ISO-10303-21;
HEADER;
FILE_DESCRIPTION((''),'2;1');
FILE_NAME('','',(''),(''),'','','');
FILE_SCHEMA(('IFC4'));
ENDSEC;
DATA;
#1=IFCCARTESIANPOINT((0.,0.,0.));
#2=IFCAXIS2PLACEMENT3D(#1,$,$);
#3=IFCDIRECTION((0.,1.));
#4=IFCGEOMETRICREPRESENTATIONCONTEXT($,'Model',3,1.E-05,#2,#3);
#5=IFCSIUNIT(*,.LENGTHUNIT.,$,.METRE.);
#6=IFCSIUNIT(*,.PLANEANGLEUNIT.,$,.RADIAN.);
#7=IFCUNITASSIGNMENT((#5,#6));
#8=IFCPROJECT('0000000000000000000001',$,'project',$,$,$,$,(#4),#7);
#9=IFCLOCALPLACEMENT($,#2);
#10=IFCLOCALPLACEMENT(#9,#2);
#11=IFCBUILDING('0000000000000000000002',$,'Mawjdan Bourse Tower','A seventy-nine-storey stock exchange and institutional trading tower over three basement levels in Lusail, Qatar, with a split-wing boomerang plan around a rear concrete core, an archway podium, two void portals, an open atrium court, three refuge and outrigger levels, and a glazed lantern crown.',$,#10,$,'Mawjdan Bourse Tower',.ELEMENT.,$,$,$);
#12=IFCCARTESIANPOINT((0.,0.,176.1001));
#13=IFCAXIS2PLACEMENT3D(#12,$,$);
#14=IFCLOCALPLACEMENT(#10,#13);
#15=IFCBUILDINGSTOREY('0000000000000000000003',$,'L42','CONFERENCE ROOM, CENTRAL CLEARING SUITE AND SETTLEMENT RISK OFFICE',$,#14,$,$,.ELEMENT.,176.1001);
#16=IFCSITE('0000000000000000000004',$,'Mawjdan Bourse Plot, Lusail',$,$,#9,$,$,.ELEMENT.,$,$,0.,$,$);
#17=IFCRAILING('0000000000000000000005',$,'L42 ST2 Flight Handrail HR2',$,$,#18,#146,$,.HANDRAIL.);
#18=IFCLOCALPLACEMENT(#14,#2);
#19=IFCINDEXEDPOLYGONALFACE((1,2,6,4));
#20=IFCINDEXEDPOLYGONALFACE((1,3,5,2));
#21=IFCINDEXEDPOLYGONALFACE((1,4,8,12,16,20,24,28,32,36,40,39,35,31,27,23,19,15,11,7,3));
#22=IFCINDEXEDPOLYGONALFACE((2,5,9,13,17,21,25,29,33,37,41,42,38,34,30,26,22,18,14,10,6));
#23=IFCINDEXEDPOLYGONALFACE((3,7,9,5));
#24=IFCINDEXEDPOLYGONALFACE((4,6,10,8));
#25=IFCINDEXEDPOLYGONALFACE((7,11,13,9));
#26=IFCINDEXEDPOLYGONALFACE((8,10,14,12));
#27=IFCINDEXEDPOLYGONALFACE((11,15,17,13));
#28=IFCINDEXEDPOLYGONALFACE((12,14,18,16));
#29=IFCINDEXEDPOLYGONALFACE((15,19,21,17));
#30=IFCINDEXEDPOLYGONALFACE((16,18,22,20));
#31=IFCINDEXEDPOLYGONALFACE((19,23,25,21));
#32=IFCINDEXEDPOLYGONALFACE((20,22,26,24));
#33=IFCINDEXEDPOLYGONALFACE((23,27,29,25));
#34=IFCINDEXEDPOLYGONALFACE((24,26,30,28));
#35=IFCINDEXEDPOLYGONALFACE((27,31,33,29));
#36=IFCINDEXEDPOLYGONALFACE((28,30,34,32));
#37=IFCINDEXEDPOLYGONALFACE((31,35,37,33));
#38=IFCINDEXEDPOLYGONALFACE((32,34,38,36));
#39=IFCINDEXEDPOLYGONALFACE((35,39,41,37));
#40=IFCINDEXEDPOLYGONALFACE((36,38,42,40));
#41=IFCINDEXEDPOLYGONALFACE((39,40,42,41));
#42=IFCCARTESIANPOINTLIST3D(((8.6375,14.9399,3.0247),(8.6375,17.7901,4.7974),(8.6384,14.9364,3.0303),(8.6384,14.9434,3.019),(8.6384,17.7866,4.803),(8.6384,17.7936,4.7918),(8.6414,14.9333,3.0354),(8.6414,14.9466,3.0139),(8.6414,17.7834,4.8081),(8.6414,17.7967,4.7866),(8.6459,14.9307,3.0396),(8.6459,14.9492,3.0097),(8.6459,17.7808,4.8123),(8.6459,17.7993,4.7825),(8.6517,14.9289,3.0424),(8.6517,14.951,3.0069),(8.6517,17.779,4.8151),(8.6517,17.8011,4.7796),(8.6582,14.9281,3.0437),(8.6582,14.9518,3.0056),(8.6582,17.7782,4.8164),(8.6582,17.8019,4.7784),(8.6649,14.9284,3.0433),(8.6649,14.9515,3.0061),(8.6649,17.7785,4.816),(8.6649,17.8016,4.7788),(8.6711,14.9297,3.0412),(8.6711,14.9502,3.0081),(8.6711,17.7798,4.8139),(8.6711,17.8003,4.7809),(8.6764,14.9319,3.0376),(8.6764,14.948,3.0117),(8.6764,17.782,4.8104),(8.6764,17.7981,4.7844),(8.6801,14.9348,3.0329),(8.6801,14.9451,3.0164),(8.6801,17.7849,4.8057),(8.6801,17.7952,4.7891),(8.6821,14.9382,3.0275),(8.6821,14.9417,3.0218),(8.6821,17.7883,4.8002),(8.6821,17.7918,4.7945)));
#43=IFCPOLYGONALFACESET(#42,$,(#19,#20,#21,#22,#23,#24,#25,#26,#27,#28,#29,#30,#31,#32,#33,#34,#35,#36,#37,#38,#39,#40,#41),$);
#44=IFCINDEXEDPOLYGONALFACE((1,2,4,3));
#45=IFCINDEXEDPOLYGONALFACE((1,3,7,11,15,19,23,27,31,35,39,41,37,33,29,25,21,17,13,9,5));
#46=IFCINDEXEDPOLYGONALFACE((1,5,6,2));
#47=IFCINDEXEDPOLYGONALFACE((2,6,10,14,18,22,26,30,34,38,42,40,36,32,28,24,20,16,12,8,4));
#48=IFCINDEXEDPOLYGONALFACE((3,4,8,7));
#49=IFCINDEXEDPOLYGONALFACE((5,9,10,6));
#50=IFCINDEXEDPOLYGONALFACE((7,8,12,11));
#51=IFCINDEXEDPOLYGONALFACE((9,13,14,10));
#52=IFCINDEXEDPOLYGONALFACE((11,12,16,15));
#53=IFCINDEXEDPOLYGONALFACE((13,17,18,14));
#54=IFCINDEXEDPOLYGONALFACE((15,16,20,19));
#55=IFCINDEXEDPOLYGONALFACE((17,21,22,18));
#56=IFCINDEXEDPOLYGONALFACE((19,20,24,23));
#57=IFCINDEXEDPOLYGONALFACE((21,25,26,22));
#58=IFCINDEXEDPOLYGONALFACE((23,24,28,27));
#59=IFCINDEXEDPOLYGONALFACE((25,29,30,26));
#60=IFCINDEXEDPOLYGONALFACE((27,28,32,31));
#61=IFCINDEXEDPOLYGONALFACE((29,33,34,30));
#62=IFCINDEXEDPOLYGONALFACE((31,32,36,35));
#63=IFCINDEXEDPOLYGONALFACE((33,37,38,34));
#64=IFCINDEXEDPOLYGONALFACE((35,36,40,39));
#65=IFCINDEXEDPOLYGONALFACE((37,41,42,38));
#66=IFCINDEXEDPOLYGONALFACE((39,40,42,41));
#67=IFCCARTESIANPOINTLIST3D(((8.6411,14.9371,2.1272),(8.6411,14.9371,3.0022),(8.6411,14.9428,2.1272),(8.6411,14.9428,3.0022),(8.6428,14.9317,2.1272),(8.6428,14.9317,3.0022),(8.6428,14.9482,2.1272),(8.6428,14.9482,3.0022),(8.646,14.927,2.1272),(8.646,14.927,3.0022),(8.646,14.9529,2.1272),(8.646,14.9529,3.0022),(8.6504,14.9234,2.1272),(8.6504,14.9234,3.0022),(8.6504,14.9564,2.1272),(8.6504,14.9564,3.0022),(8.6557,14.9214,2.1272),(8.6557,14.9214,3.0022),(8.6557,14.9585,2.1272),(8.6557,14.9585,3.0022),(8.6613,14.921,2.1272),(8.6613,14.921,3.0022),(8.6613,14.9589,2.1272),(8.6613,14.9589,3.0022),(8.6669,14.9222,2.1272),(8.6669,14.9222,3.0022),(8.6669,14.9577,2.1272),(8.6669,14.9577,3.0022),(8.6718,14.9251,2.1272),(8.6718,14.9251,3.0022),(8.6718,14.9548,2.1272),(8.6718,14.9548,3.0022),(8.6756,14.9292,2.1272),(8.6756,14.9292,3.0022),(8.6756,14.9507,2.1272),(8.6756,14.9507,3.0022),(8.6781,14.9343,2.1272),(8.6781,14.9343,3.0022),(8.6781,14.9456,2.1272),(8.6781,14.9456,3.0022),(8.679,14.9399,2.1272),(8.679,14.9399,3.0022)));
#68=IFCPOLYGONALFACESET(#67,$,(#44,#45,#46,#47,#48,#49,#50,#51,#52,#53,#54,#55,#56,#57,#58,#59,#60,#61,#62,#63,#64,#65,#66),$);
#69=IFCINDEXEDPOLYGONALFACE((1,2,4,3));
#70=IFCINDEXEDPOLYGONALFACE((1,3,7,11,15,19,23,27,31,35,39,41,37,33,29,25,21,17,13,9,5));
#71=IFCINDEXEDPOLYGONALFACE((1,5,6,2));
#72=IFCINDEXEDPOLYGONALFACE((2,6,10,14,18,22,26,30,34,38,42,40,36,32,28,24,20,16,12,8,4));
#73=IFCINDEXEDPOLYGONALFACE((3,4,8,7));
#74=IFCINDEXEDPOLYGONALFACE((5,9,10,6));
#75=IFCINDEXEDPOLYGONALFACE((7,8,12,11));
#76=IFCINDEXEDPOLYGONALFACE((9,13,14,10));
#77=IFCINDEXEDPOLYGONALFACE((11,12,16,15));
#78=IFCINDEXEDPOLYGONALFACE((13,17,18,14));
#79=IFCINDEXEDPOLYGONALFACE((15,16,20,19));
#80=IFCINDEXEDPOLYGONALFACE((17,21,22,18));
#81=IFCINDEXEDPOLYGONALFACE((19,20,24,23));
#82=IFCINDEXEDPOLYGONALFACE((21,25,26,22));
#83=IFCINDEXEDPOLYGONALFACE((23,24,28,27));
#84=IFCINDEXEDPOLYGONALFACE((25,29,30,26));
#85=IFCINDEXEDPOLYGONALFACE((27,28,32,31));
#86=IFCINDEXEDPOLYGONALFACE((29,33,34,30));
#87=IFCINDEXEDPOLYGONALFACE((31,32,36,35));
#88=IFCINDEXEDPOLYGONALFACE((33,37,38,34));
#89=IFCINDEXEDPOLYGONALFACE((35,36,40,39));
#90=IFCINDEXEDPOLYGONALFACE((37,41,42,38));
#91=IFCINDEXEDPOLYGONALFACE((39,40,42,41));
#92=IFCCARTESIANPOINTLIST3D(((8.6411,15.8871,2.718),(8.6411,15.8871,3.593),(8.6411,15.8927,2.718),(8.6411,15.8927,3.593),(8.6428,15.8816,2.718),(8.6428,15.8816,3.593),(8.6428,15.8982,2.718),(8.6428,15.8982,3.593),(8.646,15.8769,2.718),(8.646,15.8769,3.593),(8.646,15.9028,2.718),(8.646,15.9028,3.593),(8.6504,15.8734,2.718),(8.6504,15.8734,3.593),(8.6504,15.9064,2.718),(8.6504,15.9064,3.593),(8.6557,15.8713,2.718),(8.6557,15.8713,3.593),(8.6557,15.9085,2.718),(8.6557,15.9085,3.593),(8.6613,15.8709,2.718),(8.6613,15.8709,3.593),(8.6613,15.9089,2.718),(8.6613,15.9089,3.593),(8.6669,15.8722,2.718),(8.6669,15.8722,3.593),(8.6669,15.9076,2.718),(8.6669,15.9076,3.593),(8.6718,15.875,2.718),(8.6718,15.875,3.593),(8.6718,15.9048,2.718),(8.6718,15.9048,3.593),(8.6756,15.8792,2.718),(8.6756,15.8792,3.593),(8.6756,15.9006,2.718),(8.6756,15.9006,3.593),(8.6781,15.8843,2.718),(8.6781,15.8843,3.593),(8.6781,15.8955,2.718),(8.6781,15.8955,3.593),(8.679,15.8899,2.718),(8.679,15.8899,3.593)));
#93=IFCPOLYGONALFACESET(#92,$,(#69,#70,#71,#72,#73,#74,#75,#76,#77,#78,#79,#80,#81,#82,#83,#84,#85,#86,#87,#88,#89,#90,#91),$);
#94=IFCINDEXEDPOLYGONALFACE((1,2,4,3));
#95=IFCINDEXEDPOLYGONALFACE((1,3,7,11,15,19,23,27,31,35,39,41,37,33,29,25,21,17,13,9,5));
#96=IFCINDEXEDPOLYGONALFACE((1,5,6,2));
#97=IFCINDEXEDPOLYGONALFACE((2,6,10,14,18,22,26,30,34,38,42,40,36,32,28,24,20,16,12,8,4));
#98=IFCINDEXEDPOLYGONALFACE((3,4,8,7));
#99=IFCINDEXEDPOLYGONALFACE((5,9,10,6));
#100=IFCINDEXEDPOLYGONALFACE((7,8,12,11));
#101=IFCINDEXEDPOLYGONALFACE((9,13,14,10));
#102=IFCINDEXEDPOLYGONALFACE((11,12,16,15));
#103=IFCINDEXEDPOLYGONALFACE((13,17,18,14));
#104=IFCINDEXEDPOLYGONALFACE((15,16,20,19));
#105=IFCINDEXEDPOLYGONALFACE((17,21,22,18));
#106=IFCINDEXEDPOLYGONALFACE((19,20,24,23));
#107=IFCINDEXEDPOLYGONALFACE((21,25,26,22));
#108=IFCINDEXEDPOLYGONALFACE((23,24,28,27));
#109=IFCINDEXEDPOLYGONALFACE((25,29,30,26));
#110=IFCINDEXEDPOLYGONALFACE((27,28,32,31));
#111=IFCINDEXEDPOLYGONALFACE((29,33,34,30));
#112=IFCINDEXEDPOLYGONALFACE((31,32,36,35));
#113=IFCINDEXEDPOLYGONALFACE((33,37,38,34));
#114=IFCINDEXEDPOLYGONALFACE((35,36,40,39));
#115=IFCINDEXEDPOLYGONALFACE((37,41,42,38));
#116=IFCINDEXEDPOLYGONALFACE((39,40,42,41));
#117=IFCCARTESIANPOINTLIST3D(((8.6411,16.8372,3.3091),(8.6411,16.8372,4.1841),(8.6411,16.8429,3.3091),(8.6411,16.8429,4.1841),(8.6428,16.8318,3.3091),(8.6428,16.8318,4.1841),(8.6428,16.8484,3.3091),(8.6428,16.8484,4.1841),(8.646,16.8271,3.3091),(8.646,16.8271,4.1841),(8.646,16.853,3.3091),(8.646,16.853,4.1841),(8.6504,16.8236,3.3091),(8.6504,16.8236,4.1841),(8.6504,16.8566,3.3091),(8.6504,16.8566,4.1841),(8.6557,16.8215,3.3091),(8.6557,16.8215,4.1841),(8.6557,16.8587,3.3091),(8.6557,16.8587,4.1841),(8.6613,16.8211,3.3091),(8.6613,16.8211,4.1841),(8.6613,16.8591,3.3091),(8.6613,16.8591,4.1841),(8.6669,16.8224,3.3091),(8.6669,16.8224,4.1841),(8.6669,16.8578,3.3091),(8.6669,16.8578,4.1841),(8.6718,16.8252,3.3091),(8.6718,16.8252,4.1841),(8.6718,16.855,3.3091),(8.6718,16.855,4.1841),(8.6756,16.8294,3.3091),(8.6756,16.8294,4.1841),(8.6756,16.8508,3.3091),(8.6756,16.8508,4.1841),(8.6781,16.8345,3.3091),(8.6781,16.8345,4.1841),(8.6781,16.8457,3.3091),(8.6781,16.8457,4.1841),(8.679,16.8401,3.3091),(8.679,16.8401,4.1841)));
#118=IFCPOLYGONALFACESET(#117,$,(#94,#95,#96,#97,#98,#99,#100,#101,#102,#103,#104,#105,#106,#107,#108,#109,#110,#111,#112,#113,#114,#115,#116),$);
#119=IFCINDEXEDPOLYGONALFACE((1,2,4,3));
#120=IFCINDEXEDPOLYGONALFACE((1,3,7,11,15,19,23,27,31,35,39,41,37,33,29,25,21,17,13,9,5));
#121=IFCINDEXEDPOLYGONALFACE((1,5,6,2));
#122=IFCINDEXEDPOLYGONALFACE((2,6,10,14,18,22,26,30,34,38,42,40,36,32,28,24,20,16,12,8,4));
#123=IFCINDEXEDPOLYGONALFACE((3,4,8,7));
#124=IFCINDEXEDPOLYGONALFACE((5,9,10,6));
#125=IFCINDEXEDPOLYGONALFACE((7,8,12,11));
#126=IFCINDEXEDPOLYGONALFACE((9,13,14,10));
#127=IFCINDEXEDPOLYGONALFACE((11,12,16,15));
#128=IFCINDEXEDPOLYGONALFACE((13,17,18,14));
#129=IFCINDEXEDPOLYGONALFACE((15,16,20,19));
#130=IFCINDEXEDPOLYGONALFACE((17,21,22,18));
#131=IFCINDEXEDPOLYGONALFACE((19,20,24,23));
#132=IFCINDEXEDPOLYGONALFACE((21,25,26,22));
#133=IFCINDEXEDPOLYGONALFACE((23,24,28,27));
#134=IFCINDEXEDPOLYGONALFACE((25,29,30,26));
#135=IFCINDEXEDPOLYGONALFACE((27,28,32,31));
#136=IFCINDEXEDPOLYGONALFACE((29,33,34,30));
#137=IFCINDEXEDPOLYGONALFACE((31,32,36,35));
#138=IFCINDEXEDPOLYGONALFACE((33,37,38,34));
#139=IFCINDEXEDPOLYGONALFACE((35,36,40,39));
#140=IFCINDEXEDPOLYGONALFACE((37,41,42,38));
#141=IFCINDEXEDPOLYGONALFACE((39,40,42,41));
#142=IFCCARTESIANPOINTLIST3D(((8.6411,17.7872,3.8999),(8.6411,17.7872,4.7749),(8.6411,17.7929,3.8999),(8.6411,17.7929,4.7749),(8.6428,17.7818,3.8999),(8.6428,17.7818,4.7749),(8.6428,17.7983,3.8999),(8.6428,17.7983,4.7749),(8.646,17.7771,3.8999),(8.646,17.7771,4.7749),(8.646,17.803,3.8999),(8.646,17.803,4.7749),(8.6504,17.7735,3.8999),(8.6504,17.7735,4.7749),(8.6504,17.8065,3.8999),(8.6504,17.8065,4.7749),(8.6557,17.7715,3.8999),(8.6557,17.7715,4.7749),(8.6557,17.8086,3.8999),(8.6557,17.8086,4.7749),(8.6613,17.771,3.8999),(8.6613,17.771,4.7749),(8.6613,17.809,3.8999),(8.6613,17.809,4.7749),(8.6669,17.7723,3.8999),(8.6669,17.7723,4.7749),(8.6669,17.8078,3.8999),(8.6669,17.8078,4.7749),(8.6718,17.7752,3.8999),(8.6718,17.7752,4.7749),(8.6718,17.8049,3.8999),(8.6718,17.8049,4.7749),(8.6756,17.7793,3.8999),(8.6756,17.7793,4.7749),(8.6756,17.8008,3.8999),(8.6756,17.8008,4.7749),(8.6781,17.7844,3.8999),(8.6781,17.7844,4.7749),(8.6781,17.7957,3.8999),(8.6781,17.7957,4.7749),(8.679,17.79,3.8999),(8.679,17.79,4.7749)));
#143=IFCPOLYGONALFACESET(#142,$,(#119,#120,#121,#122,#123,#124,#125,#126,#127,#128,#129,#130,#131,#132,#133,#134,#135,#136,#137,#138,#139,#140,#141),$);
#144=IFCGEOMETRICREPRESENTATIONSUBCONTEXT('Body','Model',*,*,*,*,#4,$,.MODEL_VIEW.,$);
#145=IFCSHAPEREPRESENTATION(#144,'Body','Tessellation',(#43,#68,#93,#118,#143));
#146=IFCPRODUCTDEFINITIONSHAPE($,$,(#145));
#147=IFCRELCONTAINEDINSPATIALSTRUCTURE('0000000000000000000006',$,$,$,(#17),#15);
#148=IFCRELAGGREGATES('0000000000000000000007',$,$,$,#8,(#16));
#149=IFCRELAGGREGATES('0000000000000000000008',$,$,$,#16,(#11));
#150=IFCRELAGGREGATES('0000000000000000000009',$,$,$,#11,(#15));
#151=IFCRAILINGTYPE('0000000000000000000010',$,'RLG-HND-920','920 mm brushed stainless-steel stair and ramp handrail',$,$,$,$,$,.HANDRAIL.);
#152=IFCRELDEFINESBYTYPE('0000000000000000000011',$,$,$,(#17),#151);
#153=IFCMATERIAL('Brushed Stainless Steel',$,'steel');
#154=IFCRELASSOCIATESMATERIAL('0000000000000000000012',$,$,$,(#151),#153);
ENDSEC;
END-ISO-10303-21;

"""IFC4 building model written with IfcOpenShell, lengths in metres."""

from ifc_helpers import new_model, si_unit, direction, frame, origin, origin_2d, place, context, subcontext, project, spatial, circle, extrude, material, type_object, element, save


model = new_model("IFC4")

# Units and contexts
model_context = context("Model", 3, precision=1e-05, world=origin(), true_north=direction((0.0, 1.0)))
body_context = subcontext(model_context, "Body", "Model", "MODEL_VIEW")
ifc_project = project(units=[si_unit("LENGTHUNIT", "METRE"), si_unit("PLANEANGLEUNIT", "RADIAN")], contexts=[model_context])

# Site, building, storey
site_placement = place(None, origin())
site = spatial("IfcSite", under=ifc_project, at=site_placement, Name="Mawjdan Bourse Plot, Lusail", CompositionType="ELEMENT", RefElevation=0.0)
building_placement = place(site_placement, origin())
building = spatial("IfcBuilding", under=site, at=building_placement, Name="Mawjdan Bourse Tower", Description="A seventy-nine-storey stock exchange and institutional trading tower over three basement levels in Lusail, Qatar, with a split-wing boomerang plan around a rear concrete core, an archway podium, two void portals, an open atrium court, three refuge and outrigger levels, and a glazed lantern crown.", LongName="Mawjdan Bourse Tower", CompositionType="ELEMENT")
storey_placement = place(building_placement, frame((0.0, 0.0, 176.1001)))
storey = spatial("IfcBuildingStorey", under=building, at=storey_placement, Name="L42", Description="CONFERENCE ROOM, CENTRAL CLEARING SUITE AND SETTLEMENT RISK OFFICE", CompositionType="ELEMENT", Elevation=176.1001)

# Shared definitions
ifc_material_1 = material(Name="Brushed Stainless Steel", Category="steel")

# Railing
railing_type_1 = type_object("IfcRailingType", Name="RLG-HND-920", Description="920 mm brushed stainless-steel stair and ramp handrail", PredefinedType="HANDRAIL", material=ifc_material_1)
railing_placement = place(storey_placement, frame((8.6599, 14.9399, 2.1272)))
element("IfcRailing", 1, at=railing_placement, inside=storey, type_object=railing_type_1, Name="L42 ST2 Flight Handrail HR2", PredefinedType="HANDRAIL", context=body_context, shape_type="SweptSolid", body=[
    extrude(circle(Radius=0.0225, at=origin_2d()), frame((0.0, 0.0, 0.8975), z_axis=(0.0, 0.849149, 0.528154), x_axis=(-1.0, 0.0, 0.0)), (0.0, 0.0, 1.0), 3.3564),
    extrude(circle(Radius=0.019, at=origin_2d()), origin(), (0.0, 0.0, 1.0), 0.875),
    extrude(circle(Radius=0.019, at=origin_2d()), frame((0.0, 0.95, 0.5908)), (0.0, 0.0, 1.0), 0.875),
    extrude(circle(Radius=0.019, at=origin_2d()), frame((0.0, 1.9001, 1.1819)), (0.0, 0.0, 1.0), 0.875),
    extrude(circle(Radius=0.019, at=origin_2d()), frame((0.0, 2.8501, 1.7727)), (0.0, 0.0, 1.0), 0.875),
])

save(model, "model.ifc")
